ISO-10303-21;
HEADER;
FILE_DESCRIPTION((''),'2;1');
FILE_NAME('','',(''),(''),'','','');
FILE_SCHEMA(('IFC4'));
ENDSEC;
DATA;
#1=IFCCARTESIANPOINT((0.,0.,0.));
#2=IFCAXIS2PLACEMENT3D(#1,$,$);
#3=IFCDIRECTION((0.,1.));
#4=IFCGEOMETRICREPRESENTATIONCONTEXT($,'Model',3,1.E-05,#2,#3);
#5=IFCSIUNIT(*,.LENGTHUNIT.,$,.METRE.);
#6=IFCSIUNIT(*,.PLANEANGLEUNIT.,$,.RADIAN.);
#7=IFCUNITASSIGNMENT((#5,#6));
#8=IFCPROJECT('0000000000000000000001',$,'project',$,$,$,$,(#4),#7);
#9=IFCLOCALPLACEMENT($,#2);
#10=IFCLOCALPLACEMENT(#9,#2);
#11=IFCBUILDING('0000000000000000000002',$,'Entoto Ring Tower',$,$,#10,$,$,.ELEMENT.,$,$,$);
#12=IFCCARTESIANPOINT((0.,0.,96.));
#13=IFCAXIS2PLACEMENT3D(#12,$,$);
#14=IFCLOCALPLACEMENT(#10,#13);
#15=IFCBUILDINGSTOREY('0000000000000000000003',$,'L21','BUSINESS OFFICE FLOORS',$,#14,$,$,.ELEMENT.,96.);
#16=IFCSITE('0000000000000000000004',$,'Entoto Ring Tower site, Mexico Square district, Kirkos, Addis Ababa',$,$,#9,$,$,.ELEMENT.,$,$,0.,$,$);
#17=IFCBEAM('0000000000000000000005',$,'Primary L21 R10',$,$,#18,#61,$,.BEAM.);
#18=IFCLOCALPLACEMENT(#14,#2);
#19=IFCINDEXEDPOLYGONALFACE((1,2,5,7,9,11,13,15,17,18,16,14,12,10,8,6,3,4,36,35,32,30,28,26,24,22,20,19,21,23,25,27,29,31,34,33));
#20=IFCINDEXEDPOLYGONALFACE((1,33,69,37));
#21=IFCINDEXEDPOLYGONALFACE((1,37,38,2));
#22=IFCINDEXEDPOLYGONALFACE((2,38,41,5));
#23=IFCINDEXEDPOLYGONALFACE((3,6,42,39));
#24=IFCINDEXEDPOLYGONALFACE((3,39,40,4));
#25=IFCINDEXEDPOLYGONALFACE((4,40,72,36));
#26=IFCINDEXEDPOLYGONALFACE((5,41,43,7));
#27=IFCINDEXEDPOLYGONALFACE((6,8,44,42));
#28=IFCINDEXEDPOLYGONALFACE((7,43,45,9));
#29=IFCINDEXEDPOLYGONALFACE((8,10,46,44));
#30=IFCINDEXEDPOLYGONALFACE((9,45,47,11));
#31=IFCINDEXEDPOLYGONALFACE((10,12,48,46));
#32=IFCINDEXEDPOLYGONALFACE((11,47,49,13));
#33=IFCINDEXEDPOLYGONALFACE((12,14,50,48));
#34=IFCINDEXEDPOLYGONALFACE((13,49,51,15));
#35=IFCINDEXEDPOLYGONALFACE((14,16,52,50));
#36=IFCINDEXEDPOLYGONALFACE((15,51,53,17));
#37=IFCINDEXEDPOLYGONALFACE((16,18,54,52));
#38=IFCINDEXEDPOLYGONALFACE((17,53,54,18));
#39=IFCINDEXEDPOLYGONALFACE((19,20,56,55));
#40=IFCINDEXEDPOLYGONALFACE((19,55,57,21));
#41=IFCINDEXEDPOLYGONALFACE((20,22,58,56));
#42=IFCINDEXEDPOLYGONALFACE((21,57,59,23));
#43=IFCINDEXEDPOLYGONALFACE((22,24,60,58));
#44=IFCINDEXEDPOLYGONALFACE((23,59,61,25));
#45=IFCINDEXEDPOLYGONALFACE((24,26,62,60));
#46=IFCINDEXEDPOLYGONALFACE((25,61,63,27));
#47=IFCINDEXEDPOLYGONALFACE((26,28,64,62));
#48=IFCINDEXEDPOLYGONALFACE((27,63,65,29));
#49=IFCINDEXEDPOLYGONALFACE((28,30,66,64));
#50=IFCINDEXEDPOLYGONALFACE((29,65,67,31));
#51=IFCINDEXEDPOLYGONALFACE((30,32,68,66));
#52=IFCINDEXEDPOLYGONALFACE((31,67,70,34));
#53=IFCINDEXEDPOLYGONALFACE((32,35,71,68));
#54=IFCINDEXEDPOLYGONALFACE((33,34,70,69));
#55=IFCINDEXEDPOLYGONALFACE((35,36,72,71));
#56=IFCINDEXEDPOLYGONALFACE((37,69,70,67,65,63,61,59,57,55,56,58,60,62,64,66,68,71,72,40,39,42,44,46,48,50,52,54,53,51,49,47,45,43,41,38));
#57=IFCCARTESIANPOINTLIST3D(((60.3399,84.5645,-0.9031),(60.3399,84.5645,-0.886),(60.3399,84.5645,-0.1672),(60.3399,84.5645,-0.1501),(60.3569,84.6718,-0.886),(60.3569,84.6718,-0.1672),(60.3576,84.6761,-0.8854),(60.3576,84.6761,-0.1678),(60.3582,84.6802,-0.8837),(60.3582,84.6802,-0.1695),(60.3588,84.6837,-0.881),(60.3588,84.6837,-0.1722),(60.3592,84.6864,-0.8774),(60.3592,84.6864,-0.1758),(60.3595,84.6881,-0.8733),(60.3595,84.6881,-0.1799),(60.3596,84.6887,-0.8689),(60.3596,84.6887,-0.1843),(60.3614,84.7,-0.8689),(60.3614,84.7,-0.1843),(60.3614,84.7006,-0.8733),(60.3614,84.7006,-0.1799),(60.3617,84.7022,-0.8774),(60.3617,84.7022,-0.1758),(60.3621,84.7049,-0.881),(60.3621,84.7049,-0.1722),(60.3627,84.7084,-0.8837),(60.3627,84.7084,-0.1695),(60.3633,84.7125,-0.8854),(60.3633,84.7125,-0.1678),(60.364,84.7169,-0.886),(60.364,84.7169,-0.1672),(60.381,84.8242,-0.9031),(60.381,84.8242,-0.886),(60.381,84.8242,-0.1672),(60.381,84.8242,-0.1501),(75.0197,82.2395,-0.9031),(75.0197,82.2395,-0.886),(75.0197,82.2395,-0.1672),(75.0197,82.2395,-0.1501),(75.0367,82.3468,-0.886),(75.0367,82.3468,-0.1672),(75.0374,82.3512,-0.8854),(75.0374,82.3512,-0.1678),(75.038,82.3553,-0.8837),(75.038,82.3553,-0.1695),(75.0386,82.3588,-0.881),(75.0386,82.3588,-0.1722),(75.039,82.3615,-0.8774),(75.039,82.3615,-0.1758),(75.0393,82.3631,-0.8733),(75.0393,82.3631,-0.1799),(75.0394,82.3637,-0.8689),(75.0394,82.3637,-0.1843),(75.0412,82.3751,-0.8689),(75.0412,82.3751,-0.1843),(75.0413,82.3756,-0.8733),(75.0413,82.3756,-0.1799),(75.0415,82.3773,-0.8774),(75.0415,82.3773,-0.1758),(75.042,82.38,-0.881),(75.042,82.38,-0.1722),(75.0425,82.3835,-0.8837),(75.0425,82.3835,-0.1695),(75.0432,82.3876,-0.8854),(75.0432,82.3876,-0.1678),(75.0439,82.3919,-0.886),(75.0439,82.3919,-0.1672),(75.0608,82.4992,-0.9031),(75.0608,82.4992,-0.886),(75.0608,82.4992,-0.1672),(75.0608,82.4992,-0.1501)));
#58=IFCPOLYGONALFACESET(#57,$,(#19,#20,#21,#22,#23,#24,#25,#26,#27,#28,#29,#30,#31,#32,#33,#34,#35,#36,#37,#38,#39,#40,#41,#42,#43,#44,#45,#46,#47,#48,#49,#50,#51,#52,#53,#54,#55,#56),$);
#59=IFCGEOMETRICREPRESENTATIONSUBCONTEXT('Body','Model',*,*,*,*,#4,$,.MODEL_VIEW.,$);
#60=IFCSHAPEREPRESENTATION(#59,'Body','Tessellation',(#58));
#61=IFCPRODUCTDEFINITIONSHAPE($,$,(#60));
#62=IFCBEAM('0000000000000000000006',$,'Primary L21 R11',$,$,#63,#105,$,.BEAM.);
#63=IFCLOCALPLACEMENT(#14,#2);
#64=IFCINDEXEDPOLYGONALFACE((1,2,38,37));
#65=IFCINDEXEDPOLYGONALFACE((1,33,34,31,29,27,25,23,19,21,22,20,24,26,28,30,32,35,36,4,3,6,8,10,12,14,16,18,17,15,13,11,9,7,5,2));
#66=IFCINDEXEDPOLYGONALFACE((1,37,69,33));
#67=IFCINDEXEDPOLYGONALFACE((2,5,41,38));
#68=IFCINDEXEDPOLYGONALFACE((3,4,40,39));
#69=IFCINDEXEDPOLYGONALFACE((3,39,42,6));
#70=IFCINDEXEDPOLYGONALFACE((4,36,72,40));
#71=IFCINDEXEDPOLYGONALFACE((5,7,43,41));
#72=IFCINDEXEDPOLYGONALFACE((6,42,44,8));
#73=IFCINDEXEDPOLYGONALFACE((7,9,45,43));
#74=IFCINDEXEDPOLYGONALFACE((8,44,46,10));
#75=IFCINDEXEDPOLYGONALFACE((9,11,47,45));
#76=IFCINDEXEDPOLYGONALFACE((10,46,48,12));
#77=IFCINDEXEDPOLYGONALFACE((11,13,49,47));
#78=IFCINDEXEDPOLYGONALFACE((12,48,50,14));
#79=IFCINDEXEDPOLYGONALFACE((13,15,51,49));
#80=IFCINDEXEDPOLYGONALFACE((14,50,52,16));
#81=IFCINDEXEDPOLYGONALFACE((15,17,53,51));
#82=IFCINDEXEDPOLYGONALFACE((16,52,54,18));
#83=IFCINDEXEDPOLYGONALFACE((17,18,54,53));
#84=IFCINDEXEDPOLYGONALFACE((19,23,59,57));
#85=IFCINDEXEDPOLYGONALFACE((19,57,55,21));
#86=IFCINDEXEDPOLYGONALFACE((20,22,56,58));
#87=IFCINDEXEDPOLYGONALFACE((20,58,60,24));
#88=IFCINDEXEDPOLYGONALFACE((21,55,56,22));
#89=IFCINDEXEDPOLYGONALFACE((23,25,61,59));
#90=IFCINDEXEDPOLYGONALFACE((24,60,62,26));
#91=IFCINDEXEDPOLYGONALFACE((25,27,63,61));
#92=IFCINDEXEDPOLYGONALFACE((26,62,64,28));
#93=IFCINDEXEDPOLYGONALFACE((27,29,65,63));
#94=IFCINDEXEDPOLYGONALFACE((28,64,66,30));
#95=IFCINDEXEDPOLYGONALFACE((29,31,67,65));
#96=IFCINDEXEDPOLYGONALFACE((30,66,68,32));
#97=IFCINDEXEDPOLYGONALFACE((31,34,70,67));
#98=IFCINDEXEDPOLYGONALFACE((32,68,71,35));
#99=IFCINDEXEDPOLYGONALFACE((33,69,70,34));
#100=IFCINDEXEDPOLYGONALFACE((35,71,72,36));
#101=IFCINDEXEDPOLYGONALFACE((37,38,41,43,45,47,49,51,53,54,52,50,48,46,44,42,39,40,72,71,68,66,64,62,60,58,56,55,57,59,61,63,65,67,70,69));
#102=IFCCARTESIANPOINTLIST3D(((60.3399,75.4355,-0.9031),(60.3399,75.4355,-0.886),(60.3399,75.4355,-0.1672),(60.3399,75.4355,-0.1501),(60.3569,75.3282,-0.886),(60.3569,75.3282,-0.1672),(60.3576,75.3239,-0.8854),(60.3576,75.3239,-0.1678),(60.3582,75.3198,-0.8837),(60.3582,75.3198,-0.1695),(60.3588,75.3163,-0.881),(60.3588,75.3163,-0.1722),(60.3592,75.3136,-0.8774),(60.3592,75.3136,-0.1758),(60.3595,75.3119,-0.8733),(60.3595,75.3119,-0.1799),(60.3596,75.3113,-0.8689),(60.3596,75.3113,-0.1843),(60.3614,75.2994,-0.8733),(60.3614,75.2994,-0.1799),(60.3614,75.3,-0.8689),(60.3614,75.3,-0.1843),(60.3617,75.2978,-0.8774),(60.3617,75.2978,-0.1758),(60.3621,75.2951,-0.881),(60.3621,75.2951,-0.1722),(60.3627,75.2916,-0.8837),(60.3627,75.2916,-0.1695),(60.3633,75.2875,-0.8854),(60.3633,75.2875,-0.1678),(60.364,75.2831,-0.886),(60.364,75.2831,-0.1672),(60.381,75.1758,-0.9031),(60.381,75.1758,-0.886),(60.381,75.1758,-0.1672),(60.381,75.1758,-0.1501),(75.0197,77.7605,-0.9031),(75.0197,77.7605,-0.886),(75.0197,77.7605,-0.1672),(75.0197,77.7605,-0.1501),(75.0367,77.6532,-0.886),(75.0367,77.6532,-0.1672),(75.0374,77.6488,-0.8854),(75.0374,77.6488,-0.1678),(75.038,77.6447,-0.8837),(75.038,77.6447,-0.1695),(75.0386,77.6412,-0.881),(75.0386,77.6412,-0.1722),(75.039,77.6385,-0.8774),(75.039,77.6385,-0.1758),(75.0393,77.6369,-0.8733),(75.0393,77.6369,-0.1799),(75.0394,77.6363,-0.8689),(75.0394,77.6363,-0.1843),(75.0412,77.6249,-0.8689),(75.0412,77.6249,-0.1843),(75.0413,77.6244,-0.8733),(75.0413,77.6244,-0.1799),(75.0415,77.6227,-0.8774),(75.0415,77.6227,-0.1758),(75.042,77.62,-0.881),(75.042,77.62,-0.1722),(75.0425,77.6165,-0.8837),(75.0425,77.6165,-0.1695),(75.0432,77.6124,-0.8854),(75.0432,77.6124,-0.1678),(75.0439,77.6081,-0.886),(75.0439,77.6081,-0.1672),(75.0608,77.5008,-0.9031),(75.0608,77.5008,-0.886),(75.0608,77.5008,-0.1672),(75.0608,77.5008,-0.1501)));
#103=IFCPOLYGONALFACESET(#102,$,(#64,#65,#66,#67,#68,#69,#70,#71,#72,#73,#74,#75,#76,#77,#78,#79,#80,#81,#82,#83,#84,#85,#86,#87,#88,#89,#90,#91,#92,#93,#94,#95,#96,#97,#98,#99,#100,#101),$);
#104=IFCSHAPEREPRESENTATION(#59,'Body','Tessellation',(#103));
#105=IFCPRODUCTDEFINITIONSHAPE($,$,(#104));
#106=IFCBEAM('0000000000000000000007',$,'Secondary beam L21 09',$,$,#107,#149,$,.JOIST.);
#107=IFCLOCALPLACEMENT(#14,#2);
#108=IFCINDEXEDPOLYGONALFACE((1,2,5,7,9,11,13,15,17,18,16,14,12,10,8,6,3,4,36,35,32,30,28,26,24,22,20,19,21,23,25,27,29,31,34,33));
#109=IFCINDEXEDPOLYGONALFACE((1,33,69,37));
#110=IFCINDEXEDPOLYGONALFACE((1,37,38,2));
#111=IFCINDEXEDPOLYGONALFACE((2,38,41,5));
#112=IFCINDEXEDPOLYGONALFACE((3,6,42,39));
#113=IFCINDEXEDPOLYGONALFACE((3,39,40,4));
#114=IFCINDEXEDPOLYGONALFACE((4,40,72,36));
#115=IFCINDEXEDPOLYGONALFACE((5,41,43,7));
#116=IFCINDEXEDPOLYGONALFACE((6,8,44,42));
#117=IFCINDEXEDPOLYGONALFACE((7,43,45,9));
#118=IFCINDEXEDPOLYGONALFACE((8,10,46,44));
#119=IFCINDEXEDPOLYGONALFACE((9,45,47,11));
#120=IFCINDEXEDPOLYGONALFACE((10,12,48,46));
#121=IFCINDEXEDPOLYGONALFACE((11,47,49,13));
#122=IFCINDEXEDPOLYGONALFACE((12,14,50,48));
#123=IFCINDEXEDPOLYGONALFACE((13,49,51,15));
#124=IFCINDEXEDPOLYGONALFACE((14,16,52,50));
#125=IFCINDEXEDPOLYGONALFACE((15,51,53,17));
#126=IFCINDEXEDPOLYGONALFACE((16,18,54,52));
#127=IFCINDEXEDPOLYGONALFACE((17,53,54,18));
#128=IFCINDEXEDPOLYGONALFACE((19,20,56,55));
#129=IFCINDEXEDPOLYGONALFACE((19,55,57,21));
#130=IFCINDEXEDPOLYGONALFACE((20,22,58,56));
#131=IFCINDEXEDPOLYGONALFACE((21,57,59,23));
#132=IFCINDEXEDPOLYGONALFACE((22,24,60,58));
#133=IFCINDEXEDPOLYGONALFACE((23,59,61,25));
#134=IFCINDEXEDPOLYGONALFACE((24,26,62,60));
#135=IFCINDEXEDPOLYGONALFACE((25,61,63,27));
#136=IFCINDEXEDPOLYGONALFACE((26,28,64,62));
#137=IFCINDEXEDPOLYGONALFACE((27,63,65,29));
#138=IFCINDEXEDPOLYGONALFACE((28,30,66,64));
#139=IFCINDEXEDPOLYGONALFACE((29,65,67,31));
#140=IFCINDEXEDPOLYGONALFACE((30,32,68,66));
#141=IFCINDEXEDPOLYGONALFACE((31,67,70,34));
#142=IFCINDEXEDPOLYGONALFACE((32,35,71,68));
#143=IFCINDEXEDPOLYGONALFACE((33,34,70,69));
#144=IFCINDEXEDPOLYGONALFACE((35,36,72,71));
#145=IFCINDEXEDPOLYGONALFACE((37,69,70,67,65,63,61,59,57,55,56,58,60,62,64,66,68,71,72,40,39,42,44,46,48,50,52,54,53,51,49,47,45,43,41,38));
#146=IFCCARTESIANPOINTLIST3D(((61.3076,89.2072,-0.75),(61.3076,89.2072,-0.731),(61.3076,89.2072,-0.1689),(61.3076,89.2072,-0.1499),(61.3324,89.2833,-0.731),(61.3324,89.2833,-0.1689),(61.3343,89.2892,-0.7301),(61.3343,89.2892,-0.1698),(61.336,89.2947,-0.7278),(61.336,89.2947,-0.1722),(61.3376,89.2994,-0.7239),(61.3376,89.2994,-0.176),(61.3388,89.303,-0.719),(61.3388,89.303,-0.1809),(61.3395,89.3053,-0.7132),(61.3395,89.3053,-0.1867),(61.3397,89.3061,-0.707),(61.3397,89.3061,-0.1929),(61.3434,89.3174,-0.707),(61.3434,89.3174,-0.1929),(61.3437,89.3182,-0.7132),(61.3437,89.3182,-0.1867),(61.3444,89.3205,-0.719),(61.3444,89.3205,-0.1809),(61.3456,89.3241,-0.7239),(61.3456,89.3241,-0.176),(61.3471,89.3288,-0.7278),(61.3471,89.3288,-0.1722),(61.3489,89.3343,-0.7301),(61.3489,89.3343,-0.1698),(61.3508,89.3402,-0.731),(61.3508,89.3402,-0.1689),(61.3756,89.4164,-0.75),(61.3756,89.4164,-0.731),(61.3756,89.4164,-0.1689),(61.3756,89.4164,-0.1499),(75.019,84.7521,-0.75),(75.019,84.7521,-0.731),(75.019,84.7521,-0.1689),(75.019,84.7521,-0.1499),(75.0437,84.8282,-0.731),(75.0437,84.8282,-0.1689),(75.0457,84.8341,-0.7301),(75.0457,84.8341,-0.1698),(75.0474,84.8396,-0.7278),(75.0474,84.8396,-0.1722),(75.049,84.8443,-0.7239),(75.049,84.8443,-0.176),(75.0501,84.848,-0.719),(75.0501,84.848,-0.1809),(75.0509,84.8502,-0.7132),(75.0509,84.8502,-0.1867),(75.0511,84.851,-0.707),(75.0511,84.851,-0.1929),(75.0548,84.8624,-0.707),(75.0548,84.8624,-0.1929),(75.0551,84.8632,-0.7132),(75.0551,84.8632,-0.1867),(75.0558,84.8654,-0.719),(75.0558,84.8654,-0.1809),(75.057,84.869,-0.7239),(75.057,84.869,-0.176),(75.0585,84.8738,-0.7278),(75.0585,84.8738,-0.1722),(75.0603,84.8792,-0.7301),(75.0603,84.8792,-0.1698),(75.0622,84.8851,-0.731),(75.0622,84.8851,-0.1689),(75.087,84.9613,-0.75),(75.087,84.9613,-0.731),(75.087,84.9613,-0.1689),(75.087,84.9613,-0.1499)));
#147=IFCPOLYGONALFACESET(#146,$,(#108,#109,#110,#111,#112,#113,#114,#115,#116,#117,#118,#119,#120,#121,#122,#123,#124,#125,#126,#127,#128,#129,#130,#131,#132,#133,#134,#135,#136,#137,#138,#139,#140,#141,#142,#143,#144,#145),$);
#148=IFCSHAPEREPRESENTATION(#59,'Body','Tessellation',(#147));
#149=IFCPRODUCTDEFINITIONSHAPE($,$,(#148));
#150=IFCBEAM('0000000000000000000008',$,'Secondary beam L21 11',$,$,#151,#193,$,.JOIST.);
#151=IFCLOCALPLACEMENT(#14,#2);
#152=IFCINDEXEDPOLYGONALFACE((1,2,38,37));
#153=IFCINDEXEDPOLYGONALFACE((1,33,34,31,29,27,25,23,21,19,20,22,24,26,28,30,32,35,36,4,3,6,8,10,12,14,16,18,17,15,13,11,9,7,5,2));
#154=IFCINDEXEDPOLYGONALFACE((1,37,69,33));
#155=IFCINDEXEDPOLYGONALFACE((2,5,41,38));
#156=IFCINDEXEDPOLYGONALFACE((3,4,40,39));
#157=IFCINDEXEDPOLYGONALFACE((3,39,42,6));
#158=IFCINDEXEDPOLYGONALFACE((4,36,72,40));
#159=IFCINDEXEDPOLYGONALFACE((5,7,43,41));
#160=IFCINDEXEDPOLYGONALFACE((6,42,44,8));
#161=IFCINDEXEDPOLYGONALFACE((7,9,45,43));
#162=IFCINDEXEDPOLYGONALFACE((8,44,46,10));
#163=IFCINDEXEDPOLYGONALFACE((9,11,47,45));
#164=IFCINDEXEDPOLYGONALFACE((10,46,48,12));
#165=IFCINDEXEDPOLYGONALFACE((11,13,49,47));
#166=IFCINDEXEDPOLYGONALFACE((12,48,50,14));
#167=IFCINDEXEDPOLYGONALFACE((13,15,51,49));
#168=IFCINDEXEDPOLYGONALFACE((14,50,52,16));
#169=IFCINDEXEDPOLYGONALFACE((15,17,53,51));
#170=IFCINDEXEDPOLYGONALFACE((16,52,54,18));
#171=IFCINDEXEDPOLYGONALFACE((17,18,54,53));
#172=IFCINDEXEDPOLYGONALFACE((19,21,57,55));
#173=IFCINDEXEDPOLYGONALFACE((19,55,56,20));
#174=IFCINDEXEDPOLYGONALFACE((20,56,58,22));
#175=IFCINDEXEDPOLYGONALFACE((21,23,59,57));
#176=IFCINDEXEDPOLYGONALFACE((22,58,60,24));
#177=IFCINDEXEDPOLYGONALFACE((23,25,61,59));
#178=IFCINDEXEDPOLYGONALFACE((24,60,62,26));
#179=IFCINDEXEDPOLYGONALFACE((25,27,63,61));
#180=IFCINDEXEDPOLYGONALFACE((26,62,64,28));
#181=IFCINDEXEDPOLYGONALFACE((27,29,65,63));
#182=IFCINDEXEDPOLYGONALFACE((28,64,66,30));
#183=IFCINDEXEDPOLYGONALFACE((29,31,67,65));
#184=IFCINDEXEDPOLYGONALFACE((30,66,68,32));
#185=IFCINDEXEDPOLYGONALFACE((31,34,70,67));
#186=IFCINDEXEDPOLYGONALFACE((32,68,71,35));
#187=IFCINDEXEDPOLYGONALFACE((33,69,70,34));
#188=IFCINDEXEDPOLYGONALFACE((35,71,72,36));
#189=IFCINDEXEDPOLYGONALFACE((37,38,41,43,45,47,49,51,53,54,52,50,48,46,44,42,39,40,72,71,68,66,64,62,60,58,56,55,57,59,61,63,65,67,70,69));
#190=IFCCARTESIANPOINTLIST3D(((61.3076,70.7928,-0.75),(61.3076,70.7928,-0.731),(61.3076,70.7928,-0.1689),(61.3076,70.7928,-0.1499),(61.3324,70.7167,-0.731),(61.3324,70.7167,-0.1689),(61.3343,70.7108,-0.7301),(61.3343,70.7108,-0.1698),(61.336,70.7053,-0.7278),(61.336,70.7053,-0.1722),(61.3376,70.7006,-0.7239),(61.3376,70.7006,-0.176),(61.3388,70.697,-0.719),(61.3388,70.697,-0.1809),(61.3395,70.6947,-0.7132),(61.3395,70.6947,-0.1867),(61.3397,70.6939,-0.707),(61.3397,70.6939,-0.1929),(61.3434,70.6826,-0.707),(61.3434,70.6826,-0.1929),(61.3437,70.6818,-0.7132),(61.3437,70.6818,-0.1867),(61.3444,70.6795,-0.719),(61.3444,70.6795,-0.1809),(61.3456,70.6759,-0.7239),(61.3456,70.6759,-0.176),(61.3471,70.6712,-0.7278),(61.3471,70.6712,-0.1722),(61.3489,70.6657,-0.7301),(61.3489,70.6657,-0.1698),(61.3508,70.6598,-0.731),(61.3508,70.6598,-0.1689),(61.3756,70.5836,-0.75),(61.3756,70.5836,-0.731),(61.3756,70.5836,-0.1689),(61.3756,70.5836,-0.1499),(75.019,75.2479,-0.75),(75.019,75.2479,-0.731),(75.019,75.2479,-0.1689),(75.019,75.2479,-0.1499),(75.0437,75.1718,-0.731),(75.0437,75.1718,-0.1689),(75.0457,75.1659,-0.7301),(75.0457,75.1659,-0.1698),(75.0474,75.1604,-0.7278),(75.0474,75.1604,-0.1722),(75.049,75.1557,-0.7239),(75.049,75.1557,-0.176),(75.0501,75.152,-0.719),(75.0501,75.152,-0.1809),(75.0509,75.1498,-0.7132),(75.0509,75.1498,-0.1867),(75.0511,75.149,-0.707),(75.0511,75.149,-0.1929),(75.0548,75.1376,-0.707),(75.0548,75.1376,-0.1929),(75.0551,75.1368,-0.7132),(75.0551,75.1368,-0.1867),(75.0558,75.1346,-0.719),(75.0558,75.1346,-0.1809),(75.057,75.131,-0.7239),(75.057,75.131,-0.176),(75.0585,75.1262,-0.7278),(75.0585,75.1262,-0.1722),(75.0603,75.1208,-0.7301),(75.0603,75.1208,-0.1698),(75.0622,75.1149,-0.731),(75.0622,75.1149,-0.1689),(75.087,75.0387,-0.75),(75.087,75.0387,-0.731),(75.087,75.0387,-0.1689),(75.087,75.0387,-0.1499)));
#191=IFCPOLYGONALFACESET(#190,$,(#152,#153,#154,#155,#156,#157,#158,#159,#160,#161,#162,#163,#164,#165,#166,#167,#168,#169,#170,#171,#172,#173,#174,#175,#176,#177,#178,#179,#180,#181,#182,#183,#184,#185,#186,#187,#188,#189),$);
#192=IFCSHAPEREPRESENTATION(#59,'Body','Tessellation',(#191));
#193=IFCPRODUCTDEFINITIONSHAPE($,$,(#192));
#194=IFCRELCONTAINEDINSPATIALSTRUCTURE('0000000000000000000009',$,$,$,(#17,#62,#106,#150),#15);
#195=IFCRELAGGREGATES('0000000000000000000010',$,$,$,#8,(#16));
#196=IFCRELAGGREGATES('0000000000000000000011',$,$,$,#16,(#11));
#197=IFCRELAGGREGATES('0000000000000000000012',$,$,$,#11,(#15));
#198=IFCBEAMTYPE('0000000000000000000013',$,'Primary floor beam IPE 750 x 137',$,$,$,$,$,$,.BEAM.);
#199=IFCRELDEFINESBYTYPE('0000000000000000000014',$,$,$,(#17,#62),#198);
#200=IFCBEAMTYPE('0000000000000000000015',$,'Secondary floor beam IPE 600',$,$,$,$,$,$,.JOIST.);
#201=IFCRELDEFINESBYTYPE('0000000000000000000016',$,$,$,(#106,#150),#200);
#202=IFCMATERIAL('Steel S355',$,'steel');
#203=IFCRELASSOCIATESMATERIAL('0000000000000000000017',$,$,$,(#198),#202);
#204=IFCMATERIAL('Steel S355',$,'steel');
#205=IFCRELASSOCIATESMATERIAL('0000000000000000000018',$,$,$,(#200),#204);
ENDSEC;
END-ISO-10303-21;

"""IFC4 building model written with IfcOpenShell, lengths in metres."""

from ifc_helpers import new_model, si_unit, direction, frame, origin, origin_2d, place, context, subcontext, project, spatial, i_section, extrude, material, material_profile, profile_set, type_object, element, save


model = new_model("IFC4")

# Units and contexts
model_context = context("Model", 3, precision=1e-05, world=origin(), true_north=direction((0.0, 1.0)))
body_context = subcontext(model_context, "Body", "Model", "MODEL_VIEW")
ifc_project = project(units=[si_unit("LENGTHUNIT", "METRE"), si_unit("PLANEANGLEUNIT", "RADIAN")], contexts=[model_context])

# Site, building, storey
site_placement = place(None, origin())
site = spatial("IfcSite", under=ifc_project, at=site_placement, Name="Entoto Ring Tower site, Mexico Square district, Kirkos, Addis Ababa", CompositionType="ELEMENT", RefElevation=0.0)
building_placement = place(site_placement, origin())
building = spatial("IfcBuilding", under=site, at=building_placement, Name="Entoto Ring Tower", CompositionType="ELEMENT")
storey_placement = place(building_placement, frame((0.0, 0.0, 96.0)))
storey = spatial("IfcBuildingStorey", under=building, at=storey_placement, Name="L21", Description="BUSINESS OFFICE FLOORS", CompositionType="ELEMENT", Elevation=96.0)

# Beams
ifc_material_1 = material(Name="Steel S355", Category="steel")
ifc_material_profile_1 = material_profile(ifc_material_1, i_section(OverallWidth=0.2629, OverallDepth=0.7529, WebThickness=0.0115, FlangeThickness=0.0171, FilletRadius=0.0171, at=origin_2d()), Name="IPE 750 x 137")
ifc_profile_set_1 = profile_set([ifc_material_profile_1], Name="Steel S355")
beam_type_1 = type_object("IfcBeamType", Name="Primary floor beam IPE 750 x 137", PredefinedType="BEAM", material=ifc_profile_set_1)
for number, where, z_axis, x_axis, name in (
    (1, (75.0403, 82.3694, -0.5266), (-0.98769, 0.156426, 0.0), (-0.156426, -0.98769, 0.0), "Primary L21 R10"),
    (2, (75.0403, 77.6306, -0.5266), (-0.98769, -0.156426, 0.0), (0.156426, -0.98769, 0.0), "Primary L21 R11"),
):
    element("IfcBeam", number, at=place(storey_placement, frame(where, z_axis=z_axis, x_axis=x_axis)), inside=storey, type_object=beam_type_1, Name=name, PredefinedType="BEAM", context=body_context, shape_type="SweptSolid", body=[
        extrude(i_section(OverallWidth=0.2629, OverallDepth=0.7529, WebThickness=0.0115, FlangeThickness=0.0171, FilletRadius=0.0171, at=origin_2d()), origin(), (0.0, 0.0, 1.0), 14.8628),
    ])
ifc_material_2 = material(Name="Steel S355", Category="steel")
ifc_material_profile_2 = material_profile(ifc_material_2, i_section(OverallWidth=0.22, OverallDepth=0.6001, WebThickness=0.012, FlangeThickness=0.019, FilletRadius=0.0239, at=origin_2d()), Name="IPE 600")
ifc_profile_set_2 = profile_set([ifc_material_profile_2], Name="Steel S355")
beam_type_2 = type_object("IfcBeamType", Name="Secondary floor beam IPE 600", PredefinedType="JOIST", material=ifc_profile_set_2)
for number, where, z_axis, x_axis, name in (
    (3, (75.053, 84.8567, -0.45), (-0.951057, 0.309015, 0.0), (-0.309015, -0.951057, 0.0), "Secondary beam L21 09"),
    (4, (75.053, 75.1433, -0.45), (-0.951057, -0.309015, 0.0), (0.309015, -0.951057, 0.0), "Secondary beam L21 11"),
):
    element("IfcBeam", number, at=place(storey_placement, frame(where, z_axis=z_axis, x_axis=x_axis)), inside=storey, type_object=beam_type_2, Name=name, PredefinedType="JOIST", context=body_context, shape_type="SweptSolid", body=[
        extrude(i_section(OverallWidth=0.22, OverallDepth=0.6001, WebThickness=0.012, FlangeThickness=0.019, FilletRadius=0.0239, at=origin_2d()), origin(), (0.0, 0.0, 1.0), 14.417),
    ])

save(model, "model.ifc")
